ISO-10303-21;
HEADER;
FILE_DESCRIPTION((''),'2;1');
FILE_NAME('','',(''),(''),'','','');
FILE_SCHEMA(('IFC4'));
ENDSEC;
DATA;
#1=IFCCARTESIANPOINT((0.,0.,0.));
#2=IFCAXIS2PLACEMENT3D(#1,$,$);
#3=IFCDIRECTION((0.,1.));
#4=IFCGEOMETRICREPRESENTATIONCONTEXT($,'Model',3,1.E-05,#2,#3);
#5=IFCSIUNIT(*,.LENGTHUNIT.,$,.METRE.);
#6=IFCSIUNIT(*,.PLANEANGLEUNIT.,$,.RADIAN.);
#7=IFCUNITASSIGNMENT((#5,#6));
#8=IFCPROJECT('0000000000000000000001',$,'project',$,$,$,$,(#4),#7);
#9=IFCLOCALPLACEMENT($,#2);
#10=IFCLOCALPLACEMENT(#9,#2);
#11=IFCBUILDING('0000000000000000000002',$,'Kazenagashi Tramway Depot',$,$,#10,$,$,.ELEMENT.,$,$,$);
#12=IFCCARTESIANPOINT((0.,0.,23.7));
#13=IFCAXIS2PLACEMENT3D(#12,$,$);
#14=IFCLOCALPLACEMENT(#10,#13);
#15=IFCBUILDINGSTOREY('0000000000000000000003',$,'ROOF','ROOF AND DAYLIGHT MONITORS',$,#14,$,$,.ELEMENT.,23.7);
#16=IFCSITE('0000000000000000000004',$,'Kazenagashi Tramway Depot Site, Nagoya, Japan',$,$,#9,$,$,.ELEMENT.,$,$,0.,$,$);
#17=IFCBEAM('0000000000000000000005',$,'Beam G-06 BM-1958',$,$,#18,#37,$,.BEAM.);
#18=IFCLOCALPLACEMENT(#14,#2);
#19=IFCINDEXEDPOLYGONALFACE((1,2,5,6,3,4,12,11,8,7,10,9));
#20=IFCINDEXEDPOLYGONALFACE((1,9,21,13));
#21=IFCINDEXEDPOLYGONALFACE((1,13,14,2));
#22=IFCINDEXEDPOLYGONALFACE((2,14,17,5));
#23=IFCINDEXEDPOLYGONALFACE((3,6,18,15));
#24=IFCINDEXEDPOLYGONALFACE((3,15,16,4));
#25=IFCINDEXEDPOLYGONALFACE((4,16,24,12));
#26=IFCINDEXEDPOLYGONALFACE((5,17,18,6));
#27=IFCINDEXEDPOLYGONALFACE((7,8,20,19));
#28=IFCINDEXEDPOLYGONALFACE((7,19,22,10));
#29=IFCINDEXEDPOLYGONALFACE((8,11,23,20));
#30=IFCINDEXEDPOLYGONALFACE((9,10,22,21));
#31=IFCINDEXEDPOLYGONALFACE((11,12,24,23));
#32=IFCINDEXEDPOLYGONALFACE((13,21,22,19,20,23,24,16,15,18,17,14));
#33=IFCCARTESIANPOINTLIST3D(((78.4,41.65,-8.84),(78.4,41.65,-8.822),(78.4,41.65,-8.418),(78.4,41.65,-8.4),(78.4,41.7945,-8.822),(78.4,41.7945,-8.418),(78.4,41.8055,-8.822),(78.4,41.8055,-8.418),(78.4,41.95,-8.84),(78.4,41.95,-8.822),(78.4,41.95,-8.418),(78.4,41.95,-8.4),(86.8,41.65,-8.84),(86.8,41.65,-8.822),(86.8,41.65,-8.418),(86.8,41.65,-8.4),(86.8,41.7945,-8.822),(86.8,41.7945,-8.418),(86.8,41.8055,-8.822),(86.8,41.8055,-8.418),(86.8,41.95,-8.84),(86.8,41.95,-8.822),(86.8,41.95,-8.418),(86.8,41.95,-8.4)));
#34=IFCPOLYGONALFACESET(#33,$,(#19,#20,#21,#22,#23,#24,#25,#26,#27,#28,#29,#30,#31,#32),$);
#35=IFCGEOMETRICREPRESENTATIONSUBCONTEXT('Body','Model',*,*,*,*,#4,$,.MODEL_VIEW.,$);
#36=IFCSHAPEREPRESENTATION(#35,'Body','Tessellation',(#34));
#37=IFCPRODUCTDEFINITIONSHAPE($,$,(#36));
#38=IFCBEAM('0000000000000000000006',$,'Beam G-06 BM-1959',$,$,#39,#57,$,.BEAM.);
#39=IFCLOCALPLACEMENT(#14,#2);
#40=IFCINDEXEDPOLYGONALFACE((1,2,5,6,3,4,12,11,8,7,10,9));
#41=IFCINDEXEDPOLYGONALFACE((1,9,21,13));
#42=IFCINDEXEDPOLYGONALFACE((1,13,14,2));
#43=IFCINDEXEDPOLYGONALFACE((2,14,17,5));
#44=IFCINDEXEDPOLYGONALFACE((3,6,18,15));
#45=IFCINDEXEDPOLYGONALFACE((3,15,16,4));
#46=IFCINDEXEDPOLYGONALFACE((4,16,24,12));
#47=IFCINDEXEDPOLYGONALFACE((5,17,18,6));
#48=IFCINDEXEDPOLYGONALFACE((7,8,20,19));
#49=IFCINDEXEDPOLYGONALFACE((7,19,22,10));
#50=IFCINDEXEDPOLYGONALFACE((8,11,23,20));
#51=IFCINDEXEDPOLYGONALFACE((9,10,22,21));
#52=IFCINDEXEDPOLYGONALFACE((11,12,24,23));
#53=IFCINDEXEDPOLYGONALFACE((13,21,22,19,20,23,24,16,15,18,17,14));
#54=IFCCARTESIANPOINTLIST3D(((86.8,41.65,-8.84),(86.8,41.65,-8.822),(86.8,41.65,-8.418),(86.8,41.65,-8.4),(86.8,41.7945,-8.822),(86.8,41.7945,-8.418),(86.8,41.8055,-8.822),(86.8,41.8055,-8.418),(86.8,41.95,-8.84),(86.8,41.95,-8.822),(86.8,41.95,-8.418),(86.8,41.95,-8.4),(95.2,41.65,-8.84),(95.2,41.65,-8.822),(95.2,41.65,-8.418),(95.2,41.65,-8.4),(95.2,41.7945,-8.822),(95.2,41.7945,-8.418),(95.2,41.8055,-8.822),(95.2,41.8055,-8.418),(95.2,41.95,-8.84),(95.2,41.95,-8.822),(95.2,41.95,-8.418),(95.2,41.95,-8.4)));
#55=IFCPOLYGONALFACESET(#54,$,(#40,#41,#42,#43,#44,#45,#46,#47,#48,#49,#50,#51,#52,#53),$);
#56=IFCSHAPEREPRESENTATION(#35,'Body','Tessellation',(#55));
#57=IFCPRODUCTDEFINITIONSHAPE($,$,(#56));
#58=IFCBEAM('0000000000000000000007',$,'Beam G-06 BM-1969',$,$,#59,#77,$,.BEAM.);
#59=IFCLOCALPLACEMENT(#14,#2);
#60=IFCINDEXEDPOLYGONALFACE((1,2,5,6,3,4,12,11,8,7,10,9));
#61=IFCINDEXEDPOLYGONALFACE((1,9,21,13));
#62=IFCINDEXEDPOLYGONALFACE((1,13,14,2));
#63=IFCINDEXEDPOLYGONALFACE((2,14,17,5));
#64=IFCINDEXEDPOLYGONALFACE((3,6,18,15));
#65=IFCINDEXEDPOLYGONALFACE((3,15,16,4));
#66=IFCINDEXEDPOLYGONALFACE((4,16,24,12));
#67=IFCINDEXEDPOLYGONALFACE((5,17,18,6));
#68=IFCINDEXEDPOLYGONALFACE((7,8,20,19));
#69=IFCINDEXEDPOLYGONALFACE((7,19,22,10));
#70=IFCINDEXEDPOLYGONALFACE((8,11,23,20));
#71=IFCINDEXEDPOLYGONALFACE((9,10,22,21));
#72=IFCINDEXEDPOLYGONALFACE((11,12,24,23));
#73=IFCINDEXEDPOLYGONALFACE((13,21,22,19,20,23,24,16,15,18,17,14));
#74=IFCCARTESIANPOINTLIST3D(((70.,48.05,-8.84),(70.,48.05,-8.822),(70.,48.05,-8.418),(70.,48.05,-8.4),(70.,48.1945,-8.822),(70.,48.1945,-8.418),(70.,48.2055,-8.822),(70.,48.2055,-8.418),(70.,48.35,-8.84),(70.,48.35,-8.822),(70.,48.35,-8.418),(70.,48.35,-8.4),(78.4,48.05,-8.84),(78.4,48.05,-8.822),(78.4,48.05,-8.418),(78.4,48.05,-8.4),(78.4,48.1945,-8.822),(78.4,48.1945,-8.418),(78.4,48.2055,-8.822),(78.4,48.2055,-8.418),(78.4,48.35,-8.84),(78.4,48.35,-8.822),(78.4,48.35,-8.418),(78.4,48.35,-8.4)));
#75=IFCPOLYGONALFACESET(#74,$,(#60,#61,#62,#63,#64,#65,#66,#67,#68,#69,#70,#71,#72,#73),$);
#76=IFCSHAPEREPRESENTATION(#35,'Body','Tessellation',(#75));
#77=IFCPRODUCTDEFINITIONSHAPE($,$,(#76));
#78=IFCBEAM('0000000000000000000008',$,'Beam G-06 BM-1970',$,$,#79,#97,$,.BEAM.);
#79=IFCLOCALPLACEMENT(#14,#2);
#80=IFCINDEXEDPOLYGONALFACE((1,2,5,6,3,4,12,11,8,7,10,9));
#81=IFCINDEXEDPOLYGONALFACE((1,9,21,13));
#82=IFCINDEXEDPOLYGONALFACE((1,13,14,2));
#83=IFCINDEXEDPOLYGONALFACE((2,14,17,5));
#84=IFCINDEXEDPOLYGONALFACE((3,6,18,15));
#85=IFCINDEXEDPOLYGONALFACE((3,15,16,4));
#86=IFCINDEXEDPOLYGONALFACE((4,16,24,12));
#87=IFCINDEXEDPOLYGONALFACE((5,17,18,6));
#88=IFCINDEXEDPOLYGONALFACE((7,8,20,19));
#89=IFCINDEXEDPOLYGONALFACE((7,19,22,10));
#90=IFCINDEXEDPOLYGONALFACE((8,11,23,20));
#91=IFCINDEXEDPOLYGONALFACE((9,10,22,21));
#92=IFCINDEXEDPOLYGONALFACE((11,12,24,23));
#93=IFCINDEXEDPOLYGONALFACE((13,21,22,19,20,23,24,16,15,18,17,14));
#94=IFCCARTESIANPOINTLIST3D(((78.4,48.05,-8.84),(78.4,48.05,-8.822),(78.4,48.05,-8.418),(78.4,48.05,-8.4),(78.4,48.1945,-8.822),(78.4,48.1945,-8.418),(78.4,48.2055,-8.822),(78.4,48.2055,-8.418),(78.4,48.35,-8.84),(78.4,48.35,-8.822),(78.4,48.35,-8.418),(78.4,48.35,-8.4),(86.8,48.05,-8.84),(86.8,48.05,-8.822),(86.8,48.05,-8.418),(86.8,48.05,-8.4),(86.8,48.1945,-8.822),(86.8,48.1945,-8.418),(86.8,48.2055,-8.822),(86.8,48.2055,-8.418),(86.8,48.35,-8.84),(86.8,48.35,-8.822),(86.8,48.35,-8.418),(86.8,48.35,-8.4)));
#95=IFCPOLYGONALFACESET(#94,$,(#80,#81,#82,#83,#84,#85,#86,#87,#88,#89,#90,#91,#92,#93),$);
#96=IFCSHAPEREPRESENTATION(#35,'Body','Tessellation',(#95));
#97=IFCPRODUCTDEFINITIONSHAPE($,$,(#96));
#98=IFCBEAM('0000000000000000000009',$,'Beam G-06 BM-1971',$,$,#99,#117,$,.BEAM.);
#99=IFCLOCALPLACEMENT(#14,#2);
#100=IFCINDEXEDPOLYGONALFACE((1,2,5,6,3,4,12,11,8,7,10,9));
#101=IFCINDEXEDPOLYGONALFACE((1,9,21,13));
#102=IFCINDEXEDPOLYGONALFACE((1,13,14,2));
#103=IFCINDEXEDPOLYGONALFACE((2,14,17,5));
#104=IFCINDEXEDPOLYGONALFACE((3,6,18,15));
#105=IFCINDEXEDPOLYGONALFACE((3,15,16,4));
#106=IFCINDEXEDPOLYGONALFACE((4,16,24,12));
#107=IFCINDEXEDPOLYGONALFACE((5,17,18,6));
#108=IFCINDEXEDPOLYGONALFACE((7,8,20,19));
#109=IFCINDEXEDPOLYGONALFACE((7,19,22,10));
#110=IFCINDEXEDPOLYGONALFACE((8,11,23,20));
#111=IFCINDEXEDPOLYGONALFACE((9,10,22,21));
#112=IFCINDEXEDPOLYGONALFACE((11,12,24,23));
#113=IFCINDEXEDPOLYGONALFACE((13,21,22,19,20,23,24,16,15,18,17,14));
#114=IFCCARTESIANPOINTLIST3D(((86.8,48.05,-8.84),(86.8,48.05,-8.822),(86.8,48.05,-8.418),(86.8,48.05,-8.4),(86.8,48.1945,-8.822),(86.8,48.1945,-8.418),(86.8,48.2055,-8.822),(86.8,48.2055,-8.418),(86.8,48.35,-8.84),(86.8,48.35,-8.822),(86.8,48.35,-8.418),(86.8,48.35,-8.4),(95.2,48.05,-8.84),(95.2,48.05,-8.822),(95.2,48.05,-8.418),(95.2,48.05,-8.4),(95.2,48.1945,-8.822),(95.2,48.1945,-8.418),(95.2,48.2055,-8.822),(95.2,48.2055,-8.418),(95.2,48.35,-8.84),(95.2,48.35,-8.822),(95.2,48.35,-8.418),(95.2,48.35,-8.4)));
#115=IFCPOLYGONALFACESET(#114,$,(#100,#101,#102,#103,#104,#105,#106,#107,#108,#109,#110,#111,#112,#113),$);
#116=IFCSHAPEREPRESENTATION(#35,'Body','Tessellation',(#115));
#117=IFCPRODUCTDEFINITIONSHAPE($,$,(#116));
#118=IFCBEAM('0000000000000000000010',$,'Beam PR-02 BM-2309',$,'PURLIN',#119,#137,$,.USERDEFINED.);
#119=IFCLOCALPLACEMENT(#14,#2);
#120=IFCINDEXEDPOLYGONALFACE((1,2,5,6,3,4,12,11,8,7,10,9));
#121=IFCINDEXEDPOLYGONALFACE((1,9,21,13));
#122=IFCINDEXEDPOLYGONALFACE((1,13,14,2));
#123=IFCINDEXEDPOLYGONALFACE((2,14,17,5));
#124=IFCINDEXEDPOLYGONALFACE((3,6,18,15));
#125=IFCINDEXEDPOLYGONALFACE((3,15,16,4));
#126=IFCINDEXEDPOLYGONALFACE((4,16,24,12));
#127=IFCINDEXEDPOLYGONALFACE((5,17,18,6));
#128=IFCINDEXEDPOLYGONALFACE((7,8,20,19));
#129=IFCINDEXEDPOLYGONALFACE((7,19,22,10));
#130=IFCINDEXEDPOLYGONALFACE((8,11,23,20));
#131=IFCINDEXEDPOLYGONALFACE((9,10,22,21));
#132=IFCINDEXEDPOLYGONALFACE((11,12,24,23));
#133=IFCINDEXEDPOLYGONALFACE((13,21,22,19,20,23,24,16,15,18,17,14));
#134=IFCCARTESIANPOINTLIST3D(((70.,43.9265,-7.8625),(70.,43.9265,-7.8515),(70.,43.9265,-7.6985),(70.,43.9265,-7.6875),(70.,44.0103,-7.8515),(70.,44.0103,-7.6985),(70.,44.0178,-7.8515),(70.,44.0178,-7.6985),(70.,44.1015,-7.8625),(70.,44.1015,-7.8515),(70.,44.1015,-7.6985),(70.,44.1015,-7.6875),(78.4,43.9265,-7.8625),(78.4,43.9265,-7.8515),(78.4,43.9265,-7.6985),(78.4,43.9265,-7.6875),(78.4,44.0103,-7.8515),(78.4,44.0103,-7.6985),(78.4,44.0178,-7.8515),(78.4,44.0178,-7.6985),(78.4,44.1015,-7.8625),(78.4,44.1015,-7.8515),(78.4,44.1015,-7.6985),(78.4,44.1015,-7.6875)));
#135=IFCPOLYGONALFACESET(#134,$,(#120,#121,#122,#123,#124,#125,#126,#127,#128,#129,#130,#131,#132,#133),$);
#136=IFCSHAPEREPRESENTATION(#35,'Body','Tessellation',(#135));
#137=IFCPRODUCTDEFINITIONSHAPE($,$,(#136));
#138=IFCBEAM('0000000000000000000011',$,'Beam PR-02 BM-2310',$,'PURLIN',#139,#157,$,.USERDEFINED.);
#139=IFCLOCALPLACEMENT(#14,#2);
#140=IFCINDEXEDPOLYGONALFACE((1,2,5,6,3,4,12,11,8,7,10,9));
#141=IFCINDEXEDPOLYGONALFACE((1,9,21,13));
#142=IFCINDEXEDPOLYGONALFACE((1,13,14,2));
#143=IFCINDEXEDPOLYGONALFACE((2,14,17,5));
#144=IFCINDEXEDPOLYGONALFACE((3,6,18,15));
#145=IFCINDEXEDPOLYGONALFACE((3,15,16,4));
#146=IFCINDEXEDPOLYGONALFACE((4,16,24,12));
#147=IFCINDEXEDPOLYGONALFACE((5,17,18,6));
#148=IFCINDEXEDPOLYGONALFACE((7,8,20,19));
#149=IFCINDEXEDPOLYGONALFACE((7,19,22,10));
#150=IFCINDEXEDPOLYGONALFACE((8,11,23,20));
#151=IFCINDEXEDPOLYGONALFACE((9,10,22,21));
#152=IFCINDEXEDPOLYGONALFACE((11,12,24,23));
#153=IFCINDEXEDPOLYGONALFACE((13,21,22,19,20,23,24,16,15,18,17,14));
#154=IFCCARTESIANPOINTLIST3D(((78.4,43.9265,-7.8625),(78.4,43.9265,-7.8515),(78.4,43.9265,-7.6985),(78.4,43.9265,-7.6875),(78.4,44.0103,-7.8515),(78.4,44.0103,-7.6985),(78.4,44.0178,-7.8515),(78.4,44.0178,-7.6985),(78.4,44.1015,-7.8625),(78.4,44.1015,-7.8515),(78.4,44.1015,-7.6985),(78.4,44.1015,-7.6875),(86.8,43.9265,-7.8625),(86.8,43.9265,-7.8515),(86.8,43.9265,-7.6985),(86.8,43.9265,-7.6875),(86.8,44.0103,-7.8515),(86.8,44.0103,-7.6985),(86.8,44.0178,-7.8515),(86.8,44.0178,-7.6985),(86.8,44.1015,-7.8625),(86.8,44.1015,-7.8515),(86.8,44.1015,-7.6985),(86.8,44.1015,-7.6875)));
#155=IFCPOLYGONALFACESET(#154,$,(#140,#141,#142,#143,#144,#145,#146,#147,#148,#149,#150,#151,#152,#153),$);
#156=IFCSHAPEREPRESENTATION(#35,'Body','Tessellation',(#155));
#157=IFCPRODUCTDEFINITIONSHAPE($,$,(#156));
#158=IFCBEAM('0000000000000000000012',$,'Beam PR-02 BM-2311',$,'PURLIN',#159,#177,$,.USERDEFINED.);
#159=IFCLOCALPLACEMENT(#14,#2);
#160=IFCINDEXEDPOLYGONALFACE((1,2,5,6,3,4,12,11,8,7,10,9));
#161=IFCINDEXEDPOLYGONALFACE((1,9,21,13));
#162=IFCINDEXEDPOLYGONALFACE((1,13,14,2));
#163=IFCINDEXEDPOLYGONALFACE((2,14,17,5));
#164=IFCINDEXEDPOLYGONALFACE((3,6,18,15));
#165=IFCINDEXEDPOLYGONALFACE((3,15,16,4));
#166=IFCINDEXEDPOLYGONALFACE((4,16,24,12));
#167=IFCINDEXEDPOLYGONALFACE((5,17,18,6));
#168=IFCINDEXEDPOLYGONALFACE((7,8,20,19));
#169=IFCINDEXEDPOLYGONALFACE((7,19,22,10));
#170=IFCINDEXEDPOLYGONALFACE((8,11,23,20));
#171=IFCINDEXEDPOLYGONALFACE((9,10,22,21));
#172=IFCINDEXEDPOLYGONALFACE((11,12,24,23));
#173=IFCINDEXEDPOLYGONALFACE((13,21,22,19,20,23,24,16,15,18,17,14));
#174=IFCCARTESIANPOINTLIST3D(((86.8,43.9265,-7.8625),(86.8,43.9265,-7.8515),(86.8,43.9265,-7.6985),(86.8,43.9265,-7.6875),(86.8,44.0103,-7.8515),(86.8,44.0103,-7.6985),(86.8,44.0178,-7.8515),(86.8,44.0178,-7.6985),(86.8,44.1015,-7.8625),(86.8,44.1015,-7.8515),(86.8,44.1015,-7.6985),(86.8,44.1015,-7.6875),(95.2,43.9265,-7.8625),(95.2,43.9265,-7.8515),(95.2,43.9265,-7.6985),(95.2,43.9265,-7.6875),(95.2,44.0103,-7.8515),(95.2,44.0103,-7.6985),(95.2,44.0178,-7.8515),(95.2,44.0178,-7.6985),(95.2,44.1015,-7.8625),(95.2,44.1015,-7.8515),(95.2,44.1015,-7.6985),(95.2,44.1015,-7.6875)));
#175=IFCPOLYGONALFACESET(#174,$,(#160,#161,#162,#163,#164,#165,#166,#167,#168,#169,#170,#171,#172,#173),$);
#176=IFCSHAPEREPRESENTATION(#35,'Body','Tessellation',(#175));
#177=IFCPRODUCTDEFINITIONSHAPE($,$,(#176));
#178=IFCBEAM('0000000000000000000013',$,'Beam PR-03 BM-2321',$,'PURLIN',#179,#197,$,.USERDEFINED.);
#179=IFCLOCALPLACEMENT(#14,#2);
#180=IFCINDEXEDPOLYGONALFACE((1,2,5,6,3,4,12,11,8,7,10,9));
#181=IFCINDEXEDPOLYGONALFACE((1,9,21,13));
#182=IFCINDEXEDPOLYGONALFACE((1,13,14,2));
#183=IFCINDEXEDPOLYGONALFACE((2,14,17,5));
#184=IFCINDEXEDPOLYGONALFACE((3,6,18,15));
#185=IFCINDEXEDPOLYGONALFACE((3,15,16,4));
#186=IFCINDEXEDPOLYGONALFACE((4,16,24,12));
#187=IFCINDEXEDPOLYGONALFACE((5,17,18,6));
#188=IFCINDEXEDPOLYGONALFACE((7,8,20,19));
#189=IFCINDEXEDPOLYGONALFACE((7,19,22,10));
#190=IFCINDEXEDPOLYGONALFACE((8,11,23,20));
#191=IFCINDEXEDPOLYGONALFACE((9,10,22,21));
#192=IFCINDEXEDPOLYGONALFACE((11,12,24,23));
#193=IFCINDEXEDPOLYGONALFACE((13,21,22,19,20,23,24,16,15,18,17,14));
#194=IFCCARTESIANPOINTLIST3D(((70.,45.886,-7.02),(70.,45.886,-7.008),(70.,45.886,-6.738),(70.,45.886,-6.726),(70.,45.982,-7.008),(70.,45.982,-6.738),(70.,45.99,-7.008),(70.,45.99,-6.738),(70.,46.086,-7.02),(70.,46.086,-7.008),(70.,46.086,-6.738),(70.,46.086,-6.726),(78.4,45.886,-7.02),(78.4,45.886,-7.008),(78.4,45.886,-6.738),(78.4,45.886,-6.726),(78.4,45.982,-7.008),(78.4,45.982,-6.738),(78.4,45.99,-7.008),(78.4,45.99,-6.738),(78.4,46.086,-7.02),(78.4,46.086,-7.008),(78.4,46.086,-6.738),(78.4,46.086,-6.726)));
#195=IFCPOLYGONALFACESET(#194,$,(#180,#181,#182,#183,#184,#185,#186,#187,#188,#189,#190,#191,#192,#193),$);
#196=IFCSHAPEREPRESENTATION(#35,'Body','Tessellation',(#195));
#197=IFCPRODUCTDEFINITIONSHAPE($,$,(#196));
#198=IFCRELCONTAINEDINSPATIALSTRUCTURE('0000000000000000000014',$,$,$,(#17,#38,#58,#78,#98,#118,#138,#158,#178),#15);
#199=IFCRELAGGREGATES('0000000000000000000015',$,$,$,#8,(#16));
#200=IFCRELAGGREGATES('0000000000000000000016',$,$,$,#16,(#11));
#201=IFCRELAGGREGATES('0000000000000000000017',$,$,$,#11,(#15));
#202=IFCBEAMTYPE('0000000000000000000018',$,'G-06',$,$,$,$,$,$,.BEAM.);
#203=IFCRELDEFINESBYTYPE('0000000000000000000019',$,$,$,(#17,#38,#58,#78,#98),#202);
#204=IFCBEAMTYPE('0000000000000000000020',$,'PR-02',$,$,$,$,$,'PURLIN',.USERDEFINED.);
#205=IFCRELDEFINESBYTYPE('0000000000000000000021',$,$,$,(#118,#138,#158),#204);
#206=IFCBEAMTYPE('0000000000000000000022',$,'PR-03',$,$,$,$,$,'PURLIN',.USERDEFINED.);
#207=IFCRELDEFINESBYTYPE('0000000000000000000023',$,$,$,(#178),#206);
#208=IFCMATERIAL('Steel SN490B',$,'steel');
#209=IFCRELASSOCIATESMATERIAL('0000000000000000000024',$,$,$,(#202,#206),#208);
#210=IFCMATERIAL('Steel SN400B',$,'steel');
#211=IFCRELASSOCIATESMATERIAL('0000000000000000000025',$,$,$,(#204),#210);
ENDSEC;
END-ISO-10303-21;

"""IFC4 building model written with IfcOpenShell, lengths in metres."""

from ifc_helpers import new_model, si_unit, direction, frame, origin, origin_2d, place, context, subcontext, project, spatial, i_section, extrude, material, material_profile, profile_set, type_object, element, save


model = new_model("IFC4")

# Units and contexts
model_context = context("Model", 3, precision=1e-05, world=origin(), true_north=direction((0.0, 1.0)))
body_context = subcontext(model_context, "Body", "Model", "MODEL_VIEW")
ifc_project = project(units=[si_unit("LENGTHUNIT", "METRE"), si_unit("PLANEANGLEUNIT", "RADIAN")], contexts=[model_context])

# Site, building, storey
site_placement = place(None, origin())
site = spatial("IfcSite", under=ifc_project, at=site_placement, Name="Kazenagashi Tramway Depot Site, Nagoya, Japan", CompositionType="ELEMENT", RefElevation=0.0)
building_placement = place(site_placement, origin())
building = spatial("IfcBuilding", under=site, at=building_placement, Name="Kazenagashi Tramway Depot", CompositionType="ELEMENT")
storey_placement = place(building_placement, frame((0.0, 0.0, 23.7)))
storey = spatial("IfcBuildingStorey", under=building, at=storey_placement, Name="ROOF", Description="ROOF AND DAYLIGHT MONITORS", CompositionType="ELEMENT", Elevation=23.7)

# Beams
ifc_material_1 = material(Name="Steel SN490B", Category="steel")
ifc_material_profile_1 = material_profile(ifc_material_1, i_section(OverallWidth=0.3, OverallDepth=0.44, WebThickness=0.011, FlangeThickness=0.018, at=origin_2d()), Name="H-440x300x11x18")
ifc_profile_set_1 = profile_set([ifc_material_profile_1], Name="Steel SN490B")
beam_type_1 = type_object("IfcBeamType", Name="G-06", PredefinedType="BEAM", material=ifc_profile_set_1)
for number, where, z_axis, x_axis, name in (
    (1, (78.4, 41.8, -8.62), (1.0, 0.0, 0.0), (0.0, 1.0, 0.0), "Beam G-06 BM-1958"),
    (2, (86.8, 41.8, -8.62), (1.0, 0.0, 0.0), (0.0, 1.0, 0.0), "Beam G-06 BM-1959"),
    (3, (70.0, 48.2, -8.62), (1.0, 0.0, 0.0), (0.0, 1.0, 0.0), "Beam G-06 BM-1969"),
    (4, (78.4, 48.2, -8.62), (1.0, 0.0, 0.0), (0.0, 1.0, 0.0), "Beam G-06 BM-1970"),
    (5, (86.8, 48.2, -8.62), (1.0, 0.0, 0.0), (0.0, 1.0, 0.0), "Beam G-06 BM-1971"),
):
    element("IfcBeam", number, at=place(storey_placement, frame(where, z_axis=z_axis, x_axis=x_axis)), inside=storey, type_object=beam_type_1, Name=name, PredefinedType="BEAM", context=body_context, shape_type="SweptSolid", body=[
        extrude(i_section(OverallWidth=0.3, OverallDepth=0.44, WebThickness=0.011, FlangeThickness=0.018, at=origin_2d()), origin(), (0.0, 0.0, 1.0), 8.4),
    ])
ifc_material_2 = material(Name="Steel SN400B", Category="steel")
ifc_material_profile_2 = material_profile(ifc_material_2, i_section(OverallWidth=0.175, OverallDepth=0.175, WebThickness=0.0075, FlangeThickness=0.011, at=origin_2d()), Name="H-175x175x7.5x11")
ifc_profile_set_2 = profile_set([ifc_material_profile_2], Name="Steel SN400B")
beam_type_2 = type_object("IfcBeamType", Name="PR-02", ElementType="PURLIN", PredefinedType="USERDEFINED", material=ifc_profile_set_2)
for number, where, z_axis, x_axis, name in (
    (6, (70.0, 44.014, -7.775), (1.0, 0.0, 0.0), (0.0, 1.0, 0.0), "Beam PR-02 BM-2309"),
    (7, (78.4, 44.014, -7.775), (1.0, 0.0, 0.0), (0.0, 1.0, 0.0), "Beam PR-02 BM-2310"),
    (8, (86.8, 44.014, -7.775), (1.0, 0.0, 0.0), (0.0, 1.0, 0.0), "Beam PR-02 BM-2311"),
):
    element("IfcBeam", number, at=place(storey_placement, frame(where, z_axis=z_axis, x_axis=x_axis)), inside=storey, type_object=beam_type_2, Name=name, ObjectType="PURLIN", PredefinedType="USERDEFINED", context=body_context, shape_type="SweptSolid", body=[
        extrude(i_section(OverallWidth=0.175, OverallDepth=0.175, WebThickness=0.0075, FlangeThickness=0.011, at=origin_2d()), origin(), (0.0, 0.0, 1.0), 8.4),
    ])
ifc_material_profile_3 = material_profile(ifc_material_1, i_section(OverallWidth=0.2, OverallDepth=0.294, WebThickness=0.008, FlangeThickness=0.012, at=origin_2d()), Name="H-294x200x8x12")
ifc_profile_set_3 = profile_set([ifc_material_profile_3], Name="Steel SN490B")
beam_type_3 = type_object("IfcBeamType", Name="PR-03", ElementType="PURLIN", PredefinedType="USERDEFINED", material=ifc_profile_set_3)
for number, where, z_axis, x_axis, name in (
    (9, (70.0, 45.986, -6.873), (1.0, 0.0, 0.0), (0.0, 1.0, 0.0), "Beam PR-03 BM-2321"),
):
    element("IfcBeam", number, at=place(storey_placement, frame(where, z_axis=z_axis, x_axis=x_axis)), inside=storey, type_object=beam_type_3, Name=name, ObjectType="PURLIN", PredefinedType="USERDEFINED", context=body_context, shape_type="SweptSolid", body=[
        extrude(i_section(OverallWidth=0.2, OverallDepth=0.294, WebThickness=0.008, FlangeThickness=0.012, at=origin_2d()), origin(), (0.0, 0.0, 1.0), 8.4),
    ])

save(model, "model.ifc")
